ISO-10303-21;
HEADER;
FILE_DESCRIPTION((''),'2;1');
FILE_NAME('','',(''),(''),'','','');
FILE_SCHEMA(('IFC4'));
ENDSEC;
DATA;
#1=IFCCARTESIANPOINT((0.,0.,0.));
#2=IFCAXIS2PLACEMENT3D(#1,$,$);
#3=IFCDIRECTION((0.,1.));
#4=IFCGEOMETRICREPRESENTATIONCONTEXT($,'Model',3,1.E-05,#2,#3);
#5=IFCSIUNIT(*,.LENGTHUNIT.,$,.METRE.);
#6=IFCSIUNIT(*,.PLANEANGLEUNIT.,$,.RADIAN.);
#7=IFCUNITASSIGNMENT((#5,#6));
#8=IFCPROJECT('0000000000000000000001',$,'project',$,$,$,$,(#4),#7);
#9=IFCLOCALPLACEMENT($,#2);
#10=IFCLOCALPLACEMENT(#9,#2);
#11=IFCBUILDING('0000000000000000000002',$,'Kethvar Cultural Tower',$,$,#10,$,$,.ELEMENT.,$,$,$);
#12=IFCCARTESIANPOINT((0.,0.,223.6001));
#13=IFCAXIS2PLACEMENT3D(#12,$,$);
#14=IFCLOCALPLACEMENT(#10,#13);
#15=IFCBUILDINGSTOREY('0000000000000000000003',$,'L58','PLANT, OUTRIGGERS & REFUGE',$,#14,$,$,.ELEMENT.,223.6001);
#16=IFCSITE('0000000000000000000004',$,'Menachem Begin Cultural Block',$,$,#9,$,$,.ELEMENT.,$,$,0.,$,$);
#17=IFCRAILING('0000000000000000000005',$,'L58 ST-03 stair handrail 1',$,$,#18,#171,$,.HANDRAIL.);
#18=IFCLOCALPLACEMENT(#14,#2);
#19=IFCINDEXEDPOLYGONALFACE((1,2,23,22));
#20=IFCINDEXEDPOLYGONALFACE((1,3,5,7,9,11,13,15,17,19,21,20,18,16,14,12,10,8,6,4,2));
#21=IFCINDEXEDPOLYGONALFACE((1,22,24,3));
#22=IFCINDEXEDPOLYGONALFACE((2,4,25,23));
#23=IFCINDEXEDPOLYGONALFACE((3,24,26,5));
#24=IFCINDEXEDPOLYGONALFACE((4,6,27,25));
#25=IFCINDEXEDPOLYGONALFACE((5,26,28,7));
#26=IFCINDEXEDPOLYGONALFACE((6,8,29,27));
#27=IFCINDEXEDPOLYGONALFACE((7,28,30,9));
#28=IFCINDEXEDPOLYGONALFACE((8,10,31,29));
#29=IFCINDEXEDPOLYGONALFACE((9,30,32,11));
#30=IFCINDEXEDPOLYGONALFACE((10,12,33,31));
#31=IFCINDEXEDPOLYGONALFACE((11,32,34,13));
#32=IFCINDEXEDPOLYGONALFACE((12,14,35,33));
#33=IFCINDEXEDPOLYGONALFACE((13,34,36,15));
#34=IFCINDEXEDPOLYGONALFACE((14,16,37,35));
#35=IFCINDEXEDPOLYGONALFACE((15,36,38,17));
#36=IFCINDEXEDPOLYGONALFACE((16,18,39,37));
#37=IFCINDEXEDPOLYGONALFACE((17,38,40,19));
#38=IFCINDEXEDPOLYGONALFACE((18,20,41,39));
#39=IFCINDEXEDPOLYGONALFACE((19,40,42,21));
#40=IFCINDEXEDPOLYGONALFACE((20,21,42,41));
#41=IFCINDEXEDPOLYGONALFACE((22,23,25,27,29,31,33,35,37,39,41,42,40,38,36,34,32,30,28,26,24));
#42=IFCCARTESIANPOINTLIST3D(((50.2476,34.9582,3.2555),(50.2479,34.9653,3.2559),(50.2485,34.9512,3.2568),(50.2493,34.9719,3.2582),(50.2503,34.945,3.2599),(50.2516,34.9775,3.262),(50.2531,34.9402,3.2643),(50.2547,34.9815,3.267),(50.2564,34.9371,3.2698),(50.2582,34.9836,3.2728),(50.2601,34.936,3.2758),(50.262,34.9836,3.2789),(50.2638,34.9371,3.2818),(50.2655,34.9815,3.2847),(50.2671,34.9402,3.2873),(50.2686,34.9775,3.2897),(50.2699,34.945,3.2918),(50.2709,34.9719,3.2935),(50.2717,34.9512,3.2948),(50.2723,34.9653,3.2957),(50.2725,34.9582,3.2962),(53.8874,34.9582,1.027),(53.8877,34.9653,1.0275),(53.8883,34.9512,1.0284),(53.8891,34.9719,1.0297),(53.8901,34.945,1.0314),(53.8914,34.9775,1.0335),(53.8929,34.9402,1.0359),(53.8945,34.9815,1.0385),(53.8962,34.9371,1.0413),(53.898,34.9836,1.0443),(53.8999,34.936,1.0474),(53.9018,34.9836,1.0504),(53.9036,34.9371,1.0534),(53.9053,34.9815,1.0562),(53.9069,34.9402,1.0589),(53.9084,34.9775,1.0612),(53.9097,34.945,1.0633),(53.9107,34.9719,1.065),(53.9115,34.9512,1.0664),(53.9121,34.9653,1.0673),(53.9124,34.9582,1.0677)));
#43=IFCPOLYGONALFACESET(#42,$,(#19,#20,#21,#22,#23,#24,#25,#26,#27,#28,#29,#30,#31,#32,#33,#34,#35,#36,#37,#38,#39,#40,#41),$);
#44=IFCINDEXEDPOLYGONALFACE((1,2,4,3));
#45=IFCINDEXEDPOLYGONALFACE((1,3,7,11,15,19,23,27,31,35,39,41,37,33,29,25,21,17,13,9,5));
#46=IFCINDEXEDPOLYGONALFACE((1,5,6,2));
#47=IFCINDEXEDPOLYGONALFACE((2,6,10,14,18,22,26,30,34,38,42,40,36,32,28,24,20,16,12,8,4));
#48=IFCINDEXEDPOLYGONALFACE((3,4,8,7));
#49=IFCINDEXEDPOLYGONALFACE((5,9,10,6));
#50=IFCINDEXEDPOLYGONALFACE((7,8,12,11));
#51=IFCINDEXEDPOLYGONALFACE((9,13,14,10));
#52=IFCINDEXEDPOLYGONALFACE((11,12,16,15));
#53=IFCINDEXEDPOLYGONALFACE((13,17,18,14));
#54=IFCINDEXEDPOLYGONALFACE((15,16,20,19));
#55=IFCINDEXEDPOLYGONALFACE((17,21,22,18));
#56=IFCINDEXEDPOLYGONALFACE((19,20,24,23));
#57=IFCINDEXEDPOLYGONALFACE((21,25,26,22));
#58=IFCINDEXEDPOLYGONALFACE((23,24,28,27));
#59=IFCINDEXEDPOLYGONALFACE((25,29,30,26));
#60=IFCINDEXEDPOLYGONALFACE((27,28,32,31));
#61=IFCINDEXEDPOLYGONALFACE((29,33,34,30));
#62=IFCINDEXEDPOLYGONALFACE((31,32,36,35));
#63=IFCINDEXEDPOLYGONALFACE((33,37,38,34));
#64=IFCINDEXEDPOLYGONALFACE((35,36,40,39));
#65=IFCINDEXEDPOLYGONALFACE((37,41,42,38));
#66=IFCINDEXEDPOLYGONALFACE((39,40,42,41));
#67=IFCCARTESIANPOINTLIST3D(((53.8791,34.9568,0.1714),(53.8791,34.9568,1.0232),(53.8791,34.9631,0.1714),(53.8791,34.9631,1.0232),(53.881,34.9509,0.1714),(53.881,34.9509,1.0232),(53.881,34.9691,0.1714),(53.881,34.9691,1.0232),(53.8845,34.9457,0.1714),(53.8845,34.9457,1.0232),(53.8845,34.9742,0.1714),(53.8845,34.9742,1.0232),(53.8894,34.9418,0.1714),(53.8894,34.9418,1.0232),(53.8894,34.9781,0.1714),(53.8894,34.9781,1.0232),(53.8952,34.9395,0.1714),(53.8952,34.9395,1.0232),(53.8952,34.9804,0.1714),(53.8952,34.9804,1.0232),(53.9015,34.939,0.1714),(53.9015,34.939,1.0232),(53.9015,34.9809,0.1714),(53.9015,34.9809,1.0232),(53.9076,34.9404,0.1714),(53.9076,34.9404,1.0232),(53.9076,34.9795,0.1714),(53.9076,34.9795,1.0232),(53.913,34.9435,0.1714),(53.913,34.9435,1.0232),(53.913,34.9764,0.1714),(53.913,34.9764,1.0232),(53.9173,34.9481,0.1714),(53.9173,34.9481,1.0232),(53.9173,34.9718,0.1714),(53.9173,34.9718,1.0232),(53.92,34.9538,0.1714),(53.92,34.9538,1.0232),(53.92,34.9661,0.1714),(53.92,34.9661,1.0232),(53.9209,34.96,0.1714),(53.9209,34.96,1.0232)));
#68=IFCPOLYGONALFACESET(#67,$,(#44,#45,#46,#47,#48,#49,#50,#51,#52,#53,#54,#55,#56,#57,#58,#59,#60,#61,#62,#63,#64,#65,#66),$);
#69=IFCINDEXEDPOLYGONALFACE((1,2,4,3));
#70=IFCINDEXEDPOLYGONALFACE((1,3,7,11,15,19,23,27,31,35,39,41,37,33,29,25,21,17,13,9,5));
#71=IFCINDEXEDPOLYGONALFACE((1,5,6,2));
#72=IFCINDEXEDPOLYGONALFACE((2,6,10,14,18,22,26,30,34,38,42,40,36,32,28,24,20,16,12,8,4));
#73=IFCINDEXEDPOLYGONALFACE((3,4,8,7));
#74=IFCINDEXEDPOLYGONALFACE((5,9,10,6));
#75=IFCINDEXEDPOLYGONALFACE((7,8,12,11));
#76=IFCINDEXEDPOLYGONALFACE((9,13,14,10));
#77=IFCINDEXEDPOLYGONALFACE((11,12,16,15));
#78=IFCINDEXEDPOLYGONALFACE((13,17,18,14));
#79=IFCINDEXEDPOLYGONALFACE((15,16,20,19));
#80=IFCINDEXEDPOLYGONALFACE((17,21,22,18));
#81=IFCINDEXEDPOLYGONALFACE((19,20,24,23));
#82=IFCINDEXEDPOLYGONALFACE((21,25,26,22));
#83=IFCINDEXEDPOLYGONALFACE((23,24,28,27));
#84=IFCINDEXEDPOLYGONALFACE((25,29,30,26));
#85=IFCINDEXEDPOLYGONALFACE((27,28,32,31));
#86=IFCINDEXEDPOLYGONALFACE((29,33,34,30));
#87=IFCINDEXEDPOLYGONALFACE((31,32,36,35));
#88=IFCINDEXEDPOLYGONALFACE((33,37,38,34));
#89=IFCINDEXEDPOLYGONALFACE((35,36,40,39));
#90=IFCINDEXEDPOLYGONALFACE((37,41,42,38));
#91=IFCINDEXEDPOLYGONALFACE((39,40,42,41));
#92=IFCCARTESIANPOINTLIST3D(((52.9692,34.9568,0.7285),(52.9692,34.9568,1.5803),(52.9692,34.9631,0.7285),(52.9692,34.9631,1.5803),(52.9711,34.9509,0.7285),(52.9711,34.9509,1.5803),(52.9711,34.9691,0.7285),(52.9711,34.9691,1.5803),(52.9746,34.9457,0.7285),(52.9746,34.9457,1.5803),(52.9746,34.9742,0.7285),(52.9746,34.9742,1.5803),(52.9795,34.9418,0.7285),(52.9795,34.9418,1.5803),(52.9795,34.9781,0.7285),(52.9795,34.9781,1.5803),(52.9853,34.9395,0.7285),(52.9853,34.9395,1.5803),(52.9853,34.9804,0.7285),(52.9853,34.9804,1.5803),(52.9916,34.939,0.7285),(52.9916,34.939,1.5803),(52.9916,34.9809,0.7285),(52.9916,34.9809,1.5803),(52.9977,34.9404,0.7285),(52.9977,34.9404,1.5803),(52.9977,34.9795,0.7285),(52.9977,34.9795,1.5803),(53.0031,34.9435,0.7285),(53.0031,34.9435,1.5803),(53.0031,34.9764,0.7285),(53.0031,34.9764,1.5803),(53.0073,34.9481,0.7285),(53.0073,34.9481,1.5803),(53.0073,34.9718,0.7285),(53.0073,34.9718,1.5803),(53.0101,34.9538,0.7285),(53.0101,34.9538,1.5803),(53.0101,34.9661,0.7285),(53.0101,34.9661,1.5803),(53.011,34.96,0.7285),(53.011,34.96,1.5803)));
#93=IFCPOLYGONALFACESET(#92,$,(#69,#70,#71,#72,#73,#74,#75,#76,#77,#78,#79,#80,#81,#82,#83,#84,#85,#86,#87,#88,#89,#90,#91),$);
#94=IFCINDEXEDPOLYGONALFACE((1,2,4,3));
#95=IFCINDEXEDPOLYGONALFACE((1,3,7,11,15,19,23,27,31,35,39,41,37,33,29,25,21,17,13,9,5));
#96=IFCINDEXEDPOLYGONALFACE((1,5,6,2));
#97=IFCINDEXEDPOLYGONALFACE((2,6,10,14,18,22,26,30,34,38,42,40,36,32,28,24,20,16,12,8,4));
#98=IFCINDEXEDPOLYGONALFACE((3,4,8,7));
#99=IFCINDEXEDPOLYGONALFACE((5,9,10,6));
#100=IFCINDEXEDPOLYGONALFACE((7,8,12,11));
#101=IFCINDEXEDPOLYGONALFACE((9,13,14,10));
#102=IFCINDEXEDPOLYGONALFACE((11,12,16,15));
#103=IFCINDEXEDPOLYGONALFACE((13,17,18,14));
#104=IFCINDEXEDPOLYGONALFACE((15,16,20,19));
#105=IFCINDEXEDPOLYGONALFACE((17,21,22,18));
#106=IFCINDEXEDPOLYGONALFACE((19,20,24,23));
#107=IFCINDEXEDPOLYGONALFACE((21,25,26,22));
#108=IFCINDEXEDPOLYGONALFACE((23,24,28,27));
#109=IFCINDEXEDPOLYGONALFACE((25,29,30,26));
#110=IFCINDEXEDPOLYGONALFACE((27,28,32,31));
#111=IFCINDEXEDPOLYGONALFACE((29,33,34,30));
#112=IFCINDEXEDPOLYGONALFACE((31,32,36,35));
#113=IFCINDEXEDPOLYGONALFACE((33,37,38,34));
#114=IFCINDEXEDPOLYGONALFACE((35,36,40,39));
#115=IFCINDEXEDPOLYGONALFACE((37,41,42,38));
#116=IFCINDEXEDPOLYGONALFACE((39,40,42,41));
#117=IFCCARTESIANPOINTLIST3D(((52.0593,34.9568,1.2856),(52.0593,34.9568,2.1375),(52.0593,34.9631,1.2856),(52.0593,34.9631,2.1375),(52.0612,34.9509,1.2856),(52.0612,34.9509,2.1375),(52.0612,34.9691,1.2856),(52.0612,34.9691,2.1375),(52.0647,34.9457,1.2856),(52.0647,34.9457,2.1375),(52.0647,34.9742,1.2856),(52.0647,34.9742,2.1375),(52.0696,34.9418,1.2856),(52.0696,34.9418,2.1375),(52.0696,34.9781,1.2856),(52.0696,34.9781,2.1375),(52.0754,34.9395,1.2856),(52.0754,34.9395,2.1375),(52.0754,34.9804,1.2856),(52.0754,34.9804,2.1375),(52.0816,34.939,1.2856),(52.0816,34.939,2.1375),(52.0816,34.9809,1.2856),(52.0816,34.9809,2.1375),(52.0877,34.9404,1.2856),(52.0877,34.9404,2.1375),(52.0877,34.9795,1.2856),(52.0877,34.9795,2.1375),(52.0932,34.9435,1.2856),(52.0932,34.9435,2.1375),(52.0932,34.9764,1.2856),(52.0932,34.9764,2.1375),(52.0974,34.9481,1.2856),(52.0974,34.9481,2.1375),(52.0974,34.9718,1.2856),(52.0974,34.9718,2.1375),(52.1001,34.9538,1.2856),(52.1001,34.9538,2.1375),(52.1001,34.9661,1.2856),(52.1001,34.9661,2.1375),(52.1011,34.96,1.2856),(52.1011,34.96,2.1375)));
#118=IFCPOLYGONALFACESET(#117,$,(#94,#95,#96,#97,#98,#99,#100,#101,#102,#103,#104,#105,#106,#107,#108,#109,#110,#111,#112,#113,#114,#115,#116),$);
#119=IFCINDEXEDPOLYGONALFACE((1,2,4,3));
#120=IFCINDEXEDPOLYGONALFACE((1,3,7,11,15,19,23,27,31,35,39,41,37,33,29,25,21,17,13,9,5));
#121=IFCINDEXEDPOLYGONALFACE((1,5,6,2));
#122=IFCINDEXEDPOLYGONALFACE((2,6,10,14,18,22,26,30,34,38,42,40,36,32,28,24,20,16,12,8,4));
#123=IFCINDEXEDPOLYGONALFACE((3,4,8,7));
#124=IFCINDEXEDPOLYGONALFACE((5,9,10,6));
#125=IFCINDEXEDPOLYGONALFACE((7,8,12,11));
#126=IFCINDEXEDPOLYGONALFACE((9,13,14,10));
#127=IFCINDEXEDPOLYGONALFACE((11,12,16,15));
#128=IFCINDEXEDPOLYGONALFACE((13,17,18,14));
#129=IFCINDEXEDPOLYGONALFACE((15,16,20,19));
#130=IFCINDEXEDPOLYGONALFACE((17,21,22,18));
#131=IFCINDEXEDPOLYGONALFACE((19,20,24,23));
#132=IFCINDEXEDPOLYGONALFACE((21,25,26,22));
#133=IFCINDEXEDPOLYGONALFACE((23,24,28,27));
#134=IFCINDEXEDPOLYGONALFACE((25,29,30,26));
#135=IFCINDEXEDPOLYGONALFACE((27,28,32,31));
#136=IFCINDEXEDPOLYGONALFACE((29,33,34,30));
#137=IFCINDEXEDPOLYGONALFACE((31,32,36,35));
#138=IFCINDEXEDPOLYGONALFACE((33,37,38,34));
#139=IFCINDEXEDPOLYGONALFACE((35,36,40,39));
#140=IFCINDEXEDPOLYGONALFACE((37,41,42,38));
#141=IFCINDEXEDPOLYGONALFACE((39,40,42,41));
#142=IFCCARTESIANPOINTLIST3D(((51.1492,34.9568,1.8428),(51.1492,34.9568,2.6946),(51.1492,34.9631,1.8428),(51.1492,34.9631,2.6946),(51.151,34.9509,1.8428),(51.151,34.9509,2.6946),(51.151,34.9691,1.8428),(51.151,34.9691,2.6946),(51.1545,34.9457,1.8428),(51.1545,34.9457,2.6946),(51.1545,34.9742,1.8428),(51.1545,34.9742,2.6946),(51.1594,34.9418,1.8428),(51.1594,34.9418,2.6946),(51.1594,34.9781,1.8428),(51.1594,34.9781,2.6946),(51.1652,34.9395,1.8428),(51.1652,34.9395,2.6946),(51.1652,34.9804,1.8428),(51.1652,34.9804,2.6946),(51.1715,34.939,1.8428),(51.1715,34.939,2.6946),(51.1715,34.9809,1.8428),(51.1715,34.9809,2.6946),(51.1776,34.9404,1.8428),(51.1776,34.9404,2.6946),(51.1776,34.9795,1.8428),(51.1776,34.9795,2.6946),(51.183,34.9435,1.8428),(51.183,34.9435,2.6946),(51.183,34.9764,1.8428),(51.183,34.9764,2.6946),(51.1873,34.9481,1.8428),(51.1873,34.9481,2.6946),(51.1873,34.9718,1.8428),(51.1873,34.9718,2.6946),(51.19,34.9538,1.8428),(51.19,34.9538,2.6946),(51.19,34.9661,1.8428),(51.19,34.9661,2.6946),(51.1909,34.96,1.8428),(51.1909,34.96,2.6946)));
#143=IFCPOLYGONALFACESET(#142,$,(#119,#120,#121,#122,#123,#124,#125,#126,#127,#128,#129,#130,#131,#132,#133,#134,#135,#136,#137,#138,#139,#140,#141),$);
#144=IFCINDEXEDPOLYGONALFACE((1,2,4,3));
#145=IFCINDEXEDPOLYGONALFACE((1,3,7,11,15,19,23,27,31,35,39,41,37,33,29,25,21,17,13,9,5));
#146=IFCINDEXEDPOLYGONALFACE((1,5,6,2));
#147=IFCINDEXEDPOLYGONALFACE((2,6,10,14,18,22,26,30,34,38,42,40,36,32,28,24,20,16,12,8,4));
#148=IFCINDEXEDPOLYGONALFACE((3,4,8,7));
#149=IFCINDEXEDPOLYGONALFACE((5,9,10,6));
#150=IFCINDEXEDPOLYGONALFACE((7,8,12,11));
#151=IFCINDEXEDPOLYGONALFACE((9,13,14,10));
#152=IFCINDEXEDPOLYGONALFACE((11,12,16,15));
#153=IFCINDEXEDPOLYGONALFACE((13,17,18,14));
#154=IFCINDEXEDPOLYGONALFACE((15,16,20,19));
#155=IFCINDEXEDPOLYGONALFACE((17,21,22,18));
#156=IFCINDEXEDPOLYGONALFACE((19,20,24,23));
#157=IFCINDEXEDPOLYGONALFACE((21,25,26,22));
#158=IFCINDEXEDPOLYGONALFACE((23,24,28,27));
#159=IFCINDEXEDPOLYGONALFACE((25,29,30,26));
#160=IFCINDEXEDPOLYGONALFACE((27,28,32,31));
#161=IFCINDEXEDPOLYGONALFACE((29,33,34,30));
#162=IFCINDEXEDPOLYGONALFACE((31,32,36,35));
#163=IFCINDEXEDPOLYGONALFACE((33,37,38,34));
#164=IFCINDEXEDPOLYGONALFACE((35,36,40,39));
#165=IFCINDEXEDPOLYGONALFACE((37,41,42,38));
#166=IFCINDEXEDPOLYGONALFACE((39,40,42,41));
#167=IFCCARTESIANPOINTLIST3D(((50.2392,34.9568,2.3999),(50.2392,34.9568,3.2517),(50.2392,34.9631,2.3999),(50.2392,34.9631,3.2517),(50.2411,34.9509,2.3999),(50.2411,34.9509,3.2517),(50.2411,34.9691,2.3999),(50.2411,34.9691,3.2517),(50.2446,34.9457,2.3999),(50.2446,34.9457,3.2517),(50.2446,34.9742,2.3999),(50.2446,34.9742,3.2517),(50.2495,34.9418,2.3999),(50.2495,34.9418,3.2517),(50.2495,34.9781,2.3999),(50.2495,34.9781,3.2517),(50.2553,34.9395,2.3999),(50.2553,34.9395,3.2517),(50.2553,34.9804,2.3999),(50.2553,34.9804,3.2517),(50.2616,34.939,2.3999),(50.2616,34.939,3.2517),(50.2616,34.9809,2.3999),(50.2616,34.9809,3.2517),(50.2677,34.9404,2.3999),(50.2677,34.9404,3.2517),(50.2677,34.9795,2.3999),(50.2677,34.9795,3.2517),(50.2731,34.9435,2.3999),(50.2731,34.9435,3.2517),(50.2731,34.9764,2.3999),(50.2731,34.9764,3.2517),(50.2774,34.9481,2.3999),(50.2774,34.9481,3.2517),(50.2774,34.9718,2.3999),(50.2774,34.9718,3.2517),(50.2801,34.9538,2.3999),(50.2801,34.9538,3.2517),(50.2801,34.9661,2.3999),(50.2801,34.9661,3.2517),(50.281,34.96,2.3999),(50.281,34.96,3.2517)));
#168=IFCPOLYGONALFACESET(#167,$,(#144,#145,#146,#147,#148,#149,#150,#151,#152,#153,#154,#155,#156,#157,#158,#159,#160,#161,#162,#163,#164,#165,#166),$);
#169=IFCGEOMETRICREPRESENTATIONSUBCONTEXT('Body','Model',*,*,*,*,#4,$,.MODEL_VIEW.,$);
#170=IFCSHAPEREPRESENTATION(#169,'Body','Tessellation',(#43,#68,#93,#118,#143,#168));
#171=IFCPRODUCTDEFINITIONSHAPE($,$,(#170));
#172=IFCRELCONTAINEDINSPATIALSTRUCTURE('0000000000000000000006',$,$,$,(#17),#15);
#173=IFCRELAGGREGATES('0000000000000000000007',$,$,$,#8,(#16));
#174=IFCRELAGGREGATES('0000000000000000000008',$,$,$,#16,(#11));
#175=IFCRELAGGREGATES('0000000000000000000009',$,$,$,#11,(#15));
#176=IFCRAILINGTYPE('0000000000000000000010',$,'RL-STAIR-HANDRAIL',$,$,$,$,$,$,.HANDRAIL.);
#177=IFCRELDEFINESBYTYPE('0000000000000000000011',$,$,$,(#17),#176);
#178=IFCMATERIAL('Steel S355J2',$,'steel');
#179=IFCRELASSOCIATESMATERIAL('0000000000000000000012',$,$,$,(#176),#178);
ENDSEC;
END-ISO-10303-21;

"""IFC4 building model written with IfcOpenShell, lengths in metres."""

from ifc_helpers import new_model, si_unit, direction, frame, origin, origin_2d, place, context, subcontext, project, spatial, circle, extrude, material, type_object, element, save


model = new_model("IFC4")

# Units and contexts
model_context = context("Model", 3, precision=1e-05, world=origin(), true_north=direction((0.0, 1.0)))
body_context = subcontext(model_context, "Body", "Model", "MODEL_VIEW")
ifc_project = project(units=[si_unit("LENGTHUNIT", "METRE"), si_unit("PLANEANGLEUNIT", "RADIAN")], contexts=[model_context])

# Site, building, storey
site_placement = place(None, origin())
site = spatial("IfcSite", under=ifc_project, at=site_placement, Name="Menachem Begin Cultural Block", CompositionType="ELEMENT", RefElevation=0.0)
building_placement = place(site_placement, origin())
building = spatial("IfcBuilding", under=site, at=building_placement, Name="Kethvar Cultural Tower", CompositionType="ELEMENT")
storey_placement = place(building_placement, frame((0.0, 0.0, 223.6001)))
storey = spatial("IfcBuildingStorey", under=building, at=storey_placement, Name="L58", Description="PLANT, OUTRIGGERS & REFUGE", CompositionType="ELEMENT", Elevation=223.6001)

# Shared definitions
ifc_material_1 = material(Name="Steel S355J2", Category="steel")

# Railing
railing_type_1 = type_object("IfcRailingType", Name="RL-STAIR-HANDRAIL", PredefinedType="HANDRAIL", material=ifc_material_1)
railing_1_placement = place(storey_placement, frame((53.8999, 34.96, 0.1714)))
element("IfcRailing", 1, at=railing_1_placement, inside=storey, type_object=railing_type_1, Name="L58 ST-03 stair handrail 1", PredefinedType="HANDRAIL", context=body_context, shape_type="SweptSolid", body=[
    extrude(circle(Radius=0.0239, at=origin_2d()), frame((0.0, 0.0, 0.876), z_axis=(-0.85285, 0.0, 0.522156), x_axis=(0.0, -1.0, 0.0)), (0.0, 0.0, 1.0), 4.2678),
    extrude(circle(Radius=0.021, at=origin_2d()), origin(), (0.0, 0.0, 1.0), 0.8518),
    extrude(circle(Radius=0.021, at=origin_2d()), frame((-0.9099, 0.0, 0.5571)), (0.0, 0.0, 1.0), 0.8518),
    extrude(circle(Radius=0.021, at=origin_2d()), frame((-1.8198, 0.0, 1.1143)), (0.0, 0.0, 1.0), 0.8518),
    extrude(circle(Radius=0.021, at=origin_2d()), frame((-2.73, 0.0, 1.6714)), (0.0, 0.0, 1.0), 0.8518),
    extrude(circle(Radius=0.021, at=origin_2d()), frame((-3.6399, 0.0, 2.2285)), (0.0, 0.0, 1.0), 0.8518),
])

save(model, "model.ifc")
